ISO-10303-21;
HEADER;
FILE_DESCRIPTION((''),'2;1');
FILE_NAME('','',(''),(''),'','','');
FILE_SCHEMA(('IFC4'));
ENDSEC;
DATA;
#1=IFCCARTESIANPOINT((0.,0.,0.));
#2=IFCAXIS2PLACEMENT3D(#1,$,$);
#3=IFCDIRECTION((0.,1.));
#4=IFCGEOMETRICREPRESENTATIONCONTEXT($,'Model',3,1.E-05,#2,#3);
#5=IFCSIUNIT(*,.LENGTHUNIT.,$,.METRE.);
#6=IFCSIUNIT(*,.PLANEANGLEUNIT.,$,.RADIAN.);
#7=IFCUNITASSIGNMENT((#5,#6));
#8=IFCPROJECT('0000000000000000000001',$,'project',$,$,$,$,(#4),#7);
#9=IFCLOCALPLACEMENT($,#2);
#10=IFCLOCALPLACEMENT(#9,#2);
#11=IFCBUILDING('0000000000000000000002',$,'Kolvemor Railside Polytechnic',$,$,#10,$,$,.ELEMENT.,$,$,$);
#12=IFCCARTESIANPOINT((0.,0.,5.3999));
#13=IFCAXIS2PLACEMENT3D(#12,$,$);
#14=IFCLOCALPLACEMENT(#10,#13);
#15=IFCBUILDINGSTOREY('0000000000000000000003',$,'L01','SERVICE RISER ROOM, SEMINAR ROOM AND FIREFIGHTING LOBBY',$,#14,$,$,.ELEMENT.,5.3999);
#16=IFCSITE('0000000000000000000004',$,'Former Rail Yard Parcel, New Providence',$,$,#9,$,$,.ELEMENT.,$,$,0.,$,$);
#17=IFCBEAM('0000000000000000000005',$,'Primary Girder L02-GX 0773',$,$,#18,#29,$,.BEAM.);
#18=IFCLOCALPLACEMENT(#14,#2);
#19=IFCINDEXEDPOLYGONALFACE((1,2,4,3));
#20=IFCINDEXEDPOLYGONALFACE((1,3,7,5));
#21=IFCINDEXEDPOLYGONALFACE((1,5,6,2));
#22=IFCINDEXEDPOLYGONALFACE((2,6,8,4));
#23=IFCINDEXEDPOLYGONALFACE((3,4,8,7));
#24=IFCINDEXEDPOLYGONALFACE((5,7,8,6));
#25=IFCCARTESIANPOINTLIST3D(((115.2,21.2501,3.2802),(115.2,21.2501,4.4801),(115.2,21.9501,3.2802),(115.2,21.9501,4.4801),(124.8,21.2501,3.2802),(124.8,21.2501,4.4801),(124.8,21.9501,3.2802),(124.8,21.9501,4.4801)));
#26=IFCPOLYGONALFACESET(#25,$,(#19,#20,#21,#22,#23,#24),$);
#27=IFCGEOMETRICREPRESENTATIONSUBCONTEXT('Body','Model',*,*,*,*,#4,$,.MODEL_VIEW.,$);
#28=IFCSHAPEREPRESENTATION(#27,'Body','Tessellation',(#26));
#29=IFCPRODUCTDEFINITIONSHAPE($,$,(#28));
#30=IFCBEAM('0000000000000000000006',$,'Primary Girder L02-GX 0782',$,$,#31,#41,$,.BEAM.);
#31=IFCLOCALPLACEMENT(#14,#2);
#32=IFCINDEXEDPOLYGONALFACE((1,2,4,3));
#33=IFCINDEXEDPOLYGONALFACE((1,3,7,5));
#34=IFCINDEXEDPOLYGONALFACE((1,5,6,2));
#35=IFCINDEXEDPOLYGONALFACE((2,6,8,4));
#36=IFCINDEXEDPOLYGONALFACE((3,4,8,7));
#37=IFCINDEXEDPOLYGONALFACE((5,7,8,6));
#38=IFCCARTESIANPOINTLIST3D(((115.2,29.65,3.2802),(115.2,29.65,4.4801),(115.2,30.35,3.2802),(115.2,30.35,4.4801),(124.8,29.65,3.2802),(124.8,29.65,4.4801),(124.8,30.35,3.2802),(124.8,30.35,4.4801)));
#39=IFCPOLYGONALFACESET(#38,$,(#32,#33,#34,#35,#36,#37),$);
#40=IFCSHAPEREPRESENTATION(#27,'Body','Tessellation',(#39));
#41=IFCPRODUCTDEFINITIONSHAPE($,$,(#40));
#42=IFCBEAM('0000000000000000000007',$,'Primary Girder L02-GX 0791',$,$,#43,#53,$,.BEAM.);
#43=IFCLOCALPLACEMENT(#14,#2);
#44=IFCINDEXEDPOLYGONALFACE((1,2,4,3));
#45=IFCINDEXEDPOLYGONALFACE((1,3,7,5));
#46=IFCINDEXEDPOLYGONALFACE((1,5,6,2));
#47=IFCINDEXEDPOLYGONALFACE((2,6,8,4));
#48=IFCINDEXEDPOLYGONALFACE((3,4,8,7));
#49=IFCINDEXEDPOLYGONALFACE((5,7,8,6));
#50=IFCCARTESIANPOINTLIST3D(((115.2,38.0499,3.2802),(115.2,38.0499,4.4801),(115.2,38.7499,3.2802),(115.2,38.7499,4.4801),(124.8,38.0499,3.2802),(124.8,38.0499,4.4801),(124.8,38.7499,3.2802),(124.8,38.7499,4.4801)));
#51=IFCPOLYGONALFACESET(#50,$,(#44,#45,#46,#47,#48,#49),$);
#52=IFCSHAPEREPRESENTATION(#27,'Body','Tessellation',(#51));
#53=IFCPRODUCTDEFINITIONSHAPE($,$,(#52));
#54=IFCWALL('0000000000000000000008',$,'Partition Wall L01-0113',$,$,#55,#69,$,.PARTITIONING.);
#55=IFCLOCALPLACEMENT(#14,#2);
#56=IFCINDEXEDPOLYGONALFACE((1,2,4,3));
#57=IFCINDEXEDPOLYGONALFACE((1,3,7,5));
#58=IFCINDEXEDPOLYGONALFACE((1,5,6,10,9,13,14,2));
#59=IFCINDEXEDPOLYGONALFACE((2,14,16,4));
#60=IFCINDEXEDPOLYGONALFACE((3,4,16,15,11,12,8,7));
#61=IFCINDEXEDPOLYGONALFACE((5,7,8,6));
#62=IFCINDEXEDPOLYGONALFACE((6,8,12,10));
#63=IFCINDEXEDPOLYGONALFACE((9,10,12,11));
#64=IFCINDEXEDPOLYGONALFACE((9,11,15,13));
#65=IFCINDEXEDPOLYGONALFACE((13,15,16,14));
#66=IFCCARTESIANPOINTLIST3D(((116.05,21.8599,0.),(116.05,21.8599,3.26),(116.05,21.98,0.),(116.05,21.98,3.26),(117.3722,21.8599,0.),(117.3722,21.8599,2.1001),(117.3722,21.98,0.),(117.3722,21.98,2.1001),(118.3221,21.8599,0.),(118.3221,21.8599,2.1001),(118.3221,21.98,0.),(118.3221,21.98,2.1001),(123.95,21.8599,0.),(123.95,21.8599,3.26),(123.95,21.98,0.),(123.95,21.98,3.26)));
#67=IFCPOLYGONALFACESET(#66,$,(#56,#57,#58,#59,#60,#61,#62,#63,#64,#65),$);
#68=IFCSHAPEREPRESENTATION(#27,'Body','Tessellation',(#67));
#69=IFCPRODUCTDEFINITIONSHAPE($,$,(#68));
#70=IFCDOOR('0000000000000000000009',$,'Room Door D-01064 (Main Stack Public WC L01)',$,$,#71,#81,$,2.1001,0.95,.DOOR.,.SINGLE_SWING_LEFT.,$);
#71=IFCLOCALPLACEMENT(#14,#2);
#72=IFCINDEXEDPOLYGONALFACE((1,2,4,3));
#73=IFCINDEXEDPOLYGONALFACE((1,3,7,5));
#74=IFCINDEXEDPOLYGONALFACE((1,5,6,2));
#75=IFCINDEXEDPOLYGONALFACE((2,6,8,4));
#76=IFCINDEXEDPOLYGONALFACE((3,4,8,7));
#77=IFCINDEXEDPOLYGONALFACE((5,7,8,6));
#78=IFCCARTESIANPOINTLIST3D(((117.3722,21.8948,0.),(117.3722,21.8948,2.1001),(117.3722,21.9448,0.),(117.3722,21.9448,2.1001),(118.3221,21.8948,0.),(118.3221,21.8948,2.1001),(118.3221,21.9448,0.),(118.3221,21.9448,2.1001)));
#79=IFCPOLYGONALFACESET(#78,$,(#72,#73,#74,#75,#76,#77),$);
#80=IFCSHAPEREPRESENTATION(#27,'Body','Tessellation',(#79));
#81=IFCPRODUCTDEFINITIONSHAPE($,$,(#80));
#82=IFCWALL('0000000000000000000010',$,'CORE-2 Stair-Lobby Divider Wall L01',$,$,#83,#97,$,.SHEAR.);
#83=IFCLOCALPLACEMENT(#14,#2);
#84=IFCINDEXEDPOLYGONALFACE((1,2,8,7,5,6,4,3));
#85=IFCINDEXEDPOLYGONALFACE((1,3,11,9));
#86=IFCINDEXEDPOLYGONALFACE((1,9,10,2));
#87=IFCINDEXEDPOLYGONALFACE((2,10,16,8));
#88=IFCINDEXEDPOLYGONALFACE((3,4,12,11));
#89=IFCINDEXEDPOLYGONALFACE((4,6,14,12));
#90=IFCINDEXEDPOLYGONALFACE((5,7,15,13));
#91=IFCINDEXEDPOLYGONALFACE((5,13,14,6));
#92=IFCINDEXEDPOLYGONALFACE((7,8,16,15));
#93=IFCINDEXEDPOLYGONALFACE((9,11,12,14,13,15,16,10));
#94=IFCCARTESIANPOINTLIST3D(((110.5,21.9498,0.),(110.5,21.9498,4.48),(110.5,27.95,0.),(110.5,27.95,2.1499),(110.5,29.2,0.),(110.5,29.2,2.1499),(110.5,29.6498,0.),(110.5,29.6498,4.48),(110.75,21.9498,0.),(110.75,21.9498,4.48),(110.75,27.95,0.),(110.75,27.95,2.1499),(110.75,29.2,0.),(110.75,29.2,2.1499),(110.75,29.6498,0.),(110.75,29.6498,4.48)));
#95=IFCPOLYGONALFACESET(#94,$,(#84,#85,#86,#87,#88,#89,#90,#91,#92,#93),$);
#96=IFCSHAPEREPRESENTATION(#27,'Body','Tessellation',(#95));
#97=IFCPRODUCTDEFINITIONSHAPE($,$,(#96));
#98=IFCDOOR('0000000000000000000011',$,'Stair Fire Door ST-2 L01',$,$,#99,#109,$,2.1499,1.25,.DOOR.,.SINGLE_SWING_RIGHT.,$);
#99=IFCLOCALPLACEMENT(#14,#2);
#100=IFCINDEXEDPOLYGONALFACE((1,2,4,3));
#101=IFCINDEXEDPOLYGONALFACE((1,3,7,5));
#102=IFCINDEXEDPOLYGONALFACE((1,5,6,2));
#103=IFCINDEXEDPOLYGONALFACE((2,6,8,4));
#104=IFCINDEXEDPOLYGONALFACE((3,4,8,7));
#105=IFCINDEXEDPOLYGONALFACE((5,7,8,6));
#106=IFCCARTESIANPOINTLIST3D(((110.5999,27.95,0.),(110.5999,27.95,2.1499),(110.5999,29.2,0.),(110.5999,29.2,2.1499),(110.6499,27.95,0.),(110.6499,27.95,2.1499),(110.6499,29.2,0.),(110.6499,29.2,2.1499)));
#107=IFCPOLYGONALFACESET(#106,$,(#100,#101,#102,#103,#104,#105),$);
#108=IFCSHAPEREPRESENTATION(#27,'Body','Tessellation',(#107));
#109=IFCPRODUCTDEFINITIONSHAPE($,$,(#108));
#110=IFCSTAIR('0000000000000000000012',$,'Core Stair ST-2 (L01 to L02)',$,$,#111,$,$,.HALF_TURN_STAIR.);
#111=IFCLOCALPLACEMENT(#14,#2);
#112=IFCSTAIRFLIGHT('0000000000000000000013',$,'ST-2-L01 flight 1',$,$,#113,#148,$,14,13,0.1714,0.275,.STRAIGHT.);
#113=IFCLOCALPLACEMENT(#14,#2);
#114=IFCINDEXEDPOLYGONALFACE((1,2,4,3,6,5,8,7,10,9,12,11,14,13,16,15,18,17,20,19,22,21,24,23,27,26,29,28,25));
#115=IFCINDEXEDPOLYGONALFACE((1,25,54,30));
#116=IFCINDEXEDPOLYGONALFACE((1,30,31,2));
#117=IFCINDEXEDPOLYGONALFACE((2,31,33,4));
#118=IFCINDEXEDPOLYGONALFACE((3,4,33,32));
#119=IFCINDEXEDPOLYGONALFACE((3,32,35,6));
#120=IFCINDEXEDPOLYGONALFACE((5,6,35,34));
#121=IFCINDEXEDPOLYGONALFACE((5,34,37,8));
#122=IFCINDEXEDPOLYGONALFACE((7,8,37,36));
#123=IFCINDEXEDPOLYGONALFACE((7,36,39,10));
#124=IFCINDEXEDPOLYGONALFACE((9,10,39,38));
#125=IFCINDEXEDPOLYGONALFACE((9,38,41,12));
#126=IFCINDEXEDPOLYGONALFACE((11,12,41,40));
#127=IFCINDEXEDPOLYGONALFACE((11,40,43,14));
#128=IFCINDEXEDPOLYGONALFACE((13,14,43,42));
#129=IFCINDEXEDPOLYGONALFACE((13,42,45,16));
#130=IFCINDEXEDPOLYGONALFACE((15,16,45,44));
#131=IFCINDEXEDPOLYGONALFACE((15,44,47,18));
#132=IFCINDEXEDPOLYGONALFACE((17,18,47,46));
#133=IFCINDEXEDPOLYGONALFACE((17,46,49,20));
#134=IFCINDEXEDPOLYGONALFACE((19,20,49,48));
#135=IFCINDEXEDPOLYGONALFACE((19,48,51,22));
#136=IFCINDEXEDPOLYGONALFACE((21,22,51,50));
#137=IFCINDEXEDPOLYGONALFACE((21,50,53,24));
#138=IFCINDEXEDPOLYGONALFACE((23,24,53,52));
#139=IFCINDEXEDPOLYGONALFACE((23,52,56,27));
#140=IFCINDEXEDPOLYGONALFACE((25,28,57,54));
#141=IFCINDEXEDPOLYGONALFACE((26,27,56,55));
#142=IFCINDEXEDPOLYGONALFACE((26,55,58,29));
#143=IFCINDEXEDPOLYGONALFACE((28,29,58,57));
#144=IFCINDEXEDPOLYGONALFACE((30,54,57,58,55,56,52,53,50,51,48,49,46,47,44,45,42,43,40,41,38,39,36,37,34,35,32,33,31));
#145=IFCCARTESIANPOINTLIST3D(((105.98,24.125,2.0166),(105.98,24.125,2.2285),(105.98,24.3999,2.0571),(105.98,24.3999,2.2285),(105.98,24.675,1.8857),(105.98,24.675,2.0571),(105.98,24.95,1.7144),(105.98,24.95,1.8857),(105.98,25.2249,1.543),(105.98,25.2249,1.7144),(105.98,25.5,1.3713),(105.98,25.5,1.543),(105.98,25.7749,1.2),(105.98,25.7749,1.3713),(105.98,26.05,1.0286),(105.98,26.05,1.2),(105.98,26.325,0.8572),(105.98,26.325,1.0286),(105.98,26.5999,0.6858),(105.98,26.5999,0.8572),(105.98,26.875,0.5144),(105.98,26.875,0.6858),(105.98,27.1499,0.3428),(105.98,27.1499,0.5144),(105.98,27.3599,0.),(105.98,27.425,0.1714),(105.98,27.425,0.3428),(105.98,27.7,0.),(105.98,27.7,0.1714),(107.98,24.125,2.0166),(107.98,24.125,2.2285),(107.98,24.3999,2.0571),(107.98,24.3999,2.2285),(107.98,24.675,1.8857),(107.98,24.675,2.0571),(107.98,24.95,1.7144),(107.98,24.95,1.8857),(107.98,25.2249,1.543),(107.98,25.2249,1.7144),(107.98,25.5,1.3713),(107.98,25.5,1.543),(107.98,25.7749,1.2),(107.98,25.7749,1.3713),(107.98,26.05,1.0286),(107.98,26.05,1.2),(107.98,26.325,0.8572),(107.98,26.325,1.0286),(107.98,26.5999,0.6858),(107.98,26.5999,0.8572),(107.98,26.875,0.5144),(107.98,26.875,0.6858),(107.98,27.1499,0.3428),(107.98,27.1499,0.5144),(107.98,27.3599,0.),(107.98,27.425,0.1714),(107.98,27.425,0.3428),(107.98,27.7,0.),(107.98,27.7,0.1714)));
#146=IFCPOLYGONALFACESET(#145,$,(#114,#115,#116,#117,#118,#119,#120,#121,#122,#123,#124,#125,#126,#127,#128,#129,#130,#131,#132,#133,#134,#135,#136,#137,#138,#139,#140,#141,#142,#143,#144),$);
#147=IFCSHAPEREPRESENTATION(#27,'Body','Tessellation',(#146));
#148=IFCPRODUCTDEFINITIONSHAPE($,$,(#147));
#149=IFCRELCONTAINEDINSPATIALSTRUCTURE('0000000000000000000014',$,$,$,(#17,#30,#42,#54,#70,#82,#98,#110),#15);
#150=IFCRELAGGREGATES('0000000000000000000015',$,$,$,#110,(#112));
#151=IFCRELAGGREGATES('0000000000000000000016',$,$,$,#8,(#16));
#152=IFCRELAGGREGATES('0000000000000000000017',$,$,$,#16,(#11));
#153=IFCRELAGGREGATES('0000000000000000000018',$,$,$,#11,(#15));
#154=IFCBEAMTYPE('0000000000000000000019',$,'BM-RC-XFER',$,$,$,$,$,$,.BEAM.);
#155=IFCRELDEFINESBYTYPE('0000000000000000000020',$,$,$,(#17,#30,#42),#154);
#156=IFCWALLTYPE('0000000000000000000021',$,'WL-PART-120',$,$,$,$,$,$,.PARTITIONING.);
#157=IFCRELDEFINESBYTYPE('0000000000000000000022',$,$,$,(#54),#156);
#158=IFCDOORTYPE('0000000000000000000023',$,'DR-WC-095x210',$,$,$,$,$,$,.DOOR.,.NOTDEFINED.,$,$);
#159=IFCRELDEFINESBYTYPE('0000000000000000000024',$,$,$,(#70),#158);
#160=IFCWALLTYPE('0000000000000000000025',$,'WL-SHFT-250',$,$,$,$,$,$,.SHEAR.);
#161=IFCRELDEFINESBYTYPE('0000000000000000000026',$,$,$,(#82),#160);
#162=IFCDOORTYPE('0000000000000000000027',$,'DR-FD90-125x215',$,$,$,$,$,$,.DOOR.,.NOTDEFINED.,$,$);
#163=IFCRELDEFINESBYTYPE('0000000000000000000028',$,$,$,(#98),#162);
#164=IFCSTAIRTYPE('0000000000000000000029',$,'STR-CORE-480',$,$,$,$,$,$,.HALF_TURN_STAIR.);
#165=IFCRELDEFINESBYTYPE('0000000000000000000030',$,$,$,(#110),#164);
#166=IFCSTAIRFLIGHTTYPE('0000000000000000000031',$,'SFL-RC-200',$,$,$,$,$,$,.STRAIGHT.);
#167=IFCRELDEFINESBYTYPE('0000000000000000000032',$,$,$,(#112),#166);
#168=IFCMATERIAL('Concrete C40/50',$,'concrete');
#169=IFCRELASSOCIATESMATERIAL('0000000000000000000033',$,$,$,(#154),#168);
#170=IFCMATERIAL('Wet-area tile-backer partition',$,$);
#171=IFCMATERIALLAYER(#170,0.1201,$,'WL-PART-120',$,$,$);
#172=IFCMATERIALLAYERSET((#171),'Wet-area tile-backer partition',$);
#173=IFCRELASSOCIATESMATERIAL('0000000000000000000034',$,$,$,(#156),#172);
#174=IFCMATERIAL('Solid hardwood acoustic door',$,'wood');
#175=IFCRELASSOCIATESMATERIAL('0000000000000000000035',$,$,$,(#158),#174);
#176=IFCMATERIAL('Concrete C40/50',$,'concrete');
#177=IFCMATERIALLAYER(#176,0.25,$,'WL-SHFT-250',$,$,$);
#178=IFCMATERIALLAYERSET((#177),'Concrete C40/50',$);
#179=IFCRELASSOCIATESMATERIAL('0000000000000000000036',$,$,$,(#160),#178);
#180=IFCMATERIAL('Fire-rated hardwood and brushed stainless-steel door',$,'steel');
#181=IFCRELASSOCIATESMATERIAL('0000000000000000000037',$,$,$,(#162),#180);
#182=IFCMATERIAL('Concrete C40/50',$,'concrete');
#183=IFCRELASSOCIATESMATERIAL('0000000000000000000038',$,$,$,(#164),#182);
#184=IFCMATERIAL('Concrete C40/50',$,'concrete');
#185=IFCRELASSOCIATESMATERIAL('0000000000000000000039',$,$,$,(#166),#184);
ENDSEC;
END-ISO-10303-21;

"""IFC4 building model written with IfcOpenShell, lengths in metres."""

from ifc_helpers import new_model, si_unit, direction, frame, frame_2d, origin, origin_2d, place, context, subcontext, project, spatial, polyline, rectangle, outline, extrude, material, layer, layer_set, material_profile, profile_set, type_object, element, fill, aggregate, save


model = new_model("IFC4")

# Units and contexts
model_context = context("Model", 3, precision=1e-05, world=origin(), true_north=direction((0.0, 1.0)))
body_context = subcontext(model_context, "Body", "Model", "MODEL_VIEW")
ifc_project = project(units=[si_unit("LENGTHUNIT", "METRE"), si_unit("PLANEANGLEUNIT", "RADIAN")], contexts=[model_context])

# Site, building, storey
site_placement = place(None, origin())
site = spatial("IfcSite", under=ifc_project, at=site_placement, Name="Former Rail Yard Parcel, New Providence", CompositionType="ELEMENT", RefElevation=0.0)
building_placement = place(site_placement, origin())
building = spatial("IfcBuilding", under=site, at=building_placement, Name="Kolvemor Railside Polytechnic", CompositionType="ELEMENT")
storey_placement = place(building_placement, frame((0.0, 0.0, 5.3999)))
storey = spatial("IfcBuildingStorey", under=building, at=storey_placement, Name="L01", Description="SERVICE RISER ROOM, SEMINAR ROOM AND FIREFIGHTING LOBBY", CompositionType="ELEMENT", Elevation=5.3999)

# Beams
ifc_material_1 = material(Name="Concrete C40/50", Category="concrete")
ifc_material_profile_1 = material_profile(ifc_material_1, rectangle(XDim=0.7, YDim=1.2, at=origin_2d()), Name="RC700x1200")
ifc_profile_set_1 = profile_set([ifc_material_profile_1], Name="Concrete C40/50")
beam_type_1 = type_object("IfcBeamType", Name="BM-RC-XFER", PredefinedType="BEAM", material=ifc_profile_set_1)
for number, where, z_axis, x_axis, name in (
    (1, (115.2, 21.6001, 3.8801), (1.0, 0.0, 0.0), (0.0, 1.0, 0.0), "Primary Girder L02-GX 0773"),
    (2, (115.2, 30.0, 3.8801), (1.0, 0.0, 0.0), (0.0, 1.0, 0.0), "Primary Girder L02-GX 0782"),
    (3, (115.2, 38.3999, 3.8801), (1.0, 0.0, 0.0), (0.0, 1.0, 0.0), "Primary Girder L02-GX 0791"),
):
    element("IfcBeam", number, at=place(storey_placement, frame(where, z_axis=z_axis, x_axis=x_axis)), inside=storey, type_object=beam_type_1, Name=name, PredefinedType="BEAM", context=body_context, shape_type="SweptSolid", body=[
        extrude(rectangle(XDim=0.7, YDim=1.2, at=origin_2d()), origin(), (0.0, 0.0, 1.0), 9.6001),
    ])

# Walls, openings, doors
ifc_material_2 = material(Name="Wet-area tile-backer partition")
ifc_layer_1 = layer(ifc_material_2, 0.1201, Name="WL-PART-120")
ifc_layer_set_1 = layer_set([ifc_layer_1], Name="Wet-area tile-backer partition")
wall_type_1 = type_object("IfcWallType", Name="WL-PART-120", PredefinedType="PARTITIONING", material=ifc_layer_set_1)
wall_1_placement = place(storey_placement, frame((116.05, 21.9199, 0.0), z_axis=(0.0, 0.0, 1.0), x_axis=(1.0, 0.0, 0.0)))
wall_1 = element("IfcWall", 4, at=wall_1_placement, inside=storey, type_object=wall_type_1, Name="Partition Wall L01-0113", PredefinedType="PARTITIONING", context=body_context, shape_type="SweptSolid", body=[
    extrude(rectangle(XDim=7.8999, YDim=0.1201, at=frame_2d((3.95, 0.0))), origin(), (0.0, 0.0, 1.0), 3.26),
])
opening_1_placement = place(wall_1_placement, frame((1.322, 0.0, 0.0)))
opening_1 = element("IfcOpeningElement", 5, at=opening_1_placement, cuts=wall_1, PredefinedType="OPENING", context=body_context, shape_type="SweptSolid", body=[
    extrude(rectangle(XDim=0.95, YDim=2.1001, at=frame_2d((0.4751, 1.05))), frame((0.0, 0.0701, 0.0), z_axis=(0.0, -1.0, 0.0), x_axis=(1.0, 0.0, 0.0)), (0.0, 0.0, 1.0), 0.1401),
])
ifc_material_3 = material(Name="Solid hardwood acoustic door", Category="wood")
door_type_1 = type_object("IfcDoorType", Name="DR-WC-095x210", OperationType="NOTDEFINED", PredefinedType="DOOR", material=ifc_material_3)
door_1_placement = place(opening_1_placement, origin())
door_1 = element("IfcDoor", 6, at=door_1_placement, inside=storey, type_object=door_type_1, Name="Room Door D-01064 (Main Stack Public WC L01)", OperationType="SINGLE_SWING_LEFT", OverallHeight=2.1001, OverallWidth=0.95, PredefinedType="DOOR", context=body_context, shape_type="SweptSolid", body=[
    extrude(rectangle(XDim=0.95, YDim=2.1001, at=frame_2d((0.4751, 1.05))), frame((0.0, 0.0249, 0.0), z_axis=(0.0, -1.0, 0.0), x_axis=(1.0, 0.0, 0.0)), (0.0, 0.0, 1.0), 0.05),
])
fill(opening_1, door_1)
ifc_material_4 = material(Name="Concrete C40/50", Category="concrete")
ifc_layer_2 = layer(ifc_material_4, 0.25, Name="WL-SHFT-250")
ifc_layer_set_2 = layer_set([ifc_layer_2], Name="Concrete C40/50")
wall_type_2 = type_object("IfcWallType", Name="WL-SHFT-250", PredefinedType="SHEAR", material=ifc_layer_set_2)
wall_2_placement = place(storey_placement, frame((110.625, 29.6499, 0.0), z_axis=(0.0, 0.0, 1.0), x_axis=(0.0, -1.0, 0.0)))
wall_2 = element("IfcWall", 7, at=wall_2_placement, inside=storey, type_object=wall_type_2, Name="CORE-2 Stair-Lobby Divider Wall L01", PredefinedType="SHEAR", context=body_context, shape_type="SweptSolid", body=[
    extrude(rectangle(XDim=7.7, YDim=0.25, at=frame_2d((3.8501, 0.0))), origin(), (0.0, 0.0, 1.0), 4.48),
])
opening_2_placement = place(wall_2_placement, frame((0.45, 0.0, 0.0)))
opening_2 = element("IfcOpeningElement", 8, at=opening_2_placement, cuts=wall_2, PredefinedType="OPENING", context=body_context, shape_type="SweptSolid", body=[
    extrude(rectangle(XDim=1.25, YDim=2.1499, at=frame_2d((0.625, 1.075))), frame((0.0, 0.135, 0.0), z_axis=(0.0, -1.0, 0.0), x_axis=(1.0, 0.0, 0.0)), (0.0, 0.0, 1.0), 0.27),
])
ifc_material_5 = material(Name="Fire-rated hardwood and brushed stainless-steel door", Category="steel")
door_type_2 = type_object("IfcDoorType", Name="DR-FD90-125x215", OperationType="NOTDEFINED", PredefinedType="DOOR", material=ifc_material_5)
door_2_placement = place(opening_2_placement, origin())
door_2 = element("IfcDoor", 9, at=door_2_placement, inside=storey, type_object=door_type_2, Name="Stair Fire Door ST-2 L01", OperationType="SINGLE_SWING_RIGHT", OverallHeight=2.1499, OverallWidth=1.25, PredefinedType="DOOR", context=body_context, shape_type="SweptSolid", body=[
    extrude(rectangle(XDim=1.25, YDim=2.1499, at=frame_2d((0.625, 1.075))), frame((0.0, 0.0249, 0.0), z_axis=(0.0, -1.0, 0.0), x_axis=(1.0, 0.0, 0.0)), (0.0, 0.0, 1.0), 0.05),
])
fill(opening_2, door_2)

# Stair, stair flight
ifc_material_6 = material(Name="Concrete C40/50", Category="concrete")
stair_type = type_object("IfcStairType", Name="STR-CORE-480", PredefinedType="HALF_TURN_STAIR", material=ifc_material_6)
stair_placement = place(storey_placement, origin())
stair = element("IfcStair", 10, at=stair_placement, inside=storey, type_object=stair_type, Name="Core Stair ST-2 (L01 to L02)", PredefinedType="HALF_TURN_STAIR")
ifc_material_7 = material(Name="Concrete C40/50", Category="concrete")
stair_flight_type = type_object("IfcStairFlightType", Name="SFL-RC-200", PredefinedType="STRAIGHT", material=ifc_material_7)
stair_flight_1_placement = place(storey_placement, frame((106.98, 27.7, 0.0), z_axis=(0.0, 0.0, 1.0), x_axis=(0.0, -1.0, 0.0)))
stair_flight_1 = element("IfcStairFlight", 11, at=stair_flight_1_placement, type_object=stair_flight_type, Name="ST-2-L01 flight 1", NumberOfRisers=14, NumberOfTreads=13, PredefinedType="STRAIGHT", RiserHeight=0.1714, TreadLength=0.275, context=body_context, shape_type="SweptSolid", body=[
    extrude(outline(polyline([(0.0, 0.0), (0.0, 0.1714), (0.2749, 0.1714), (0.2749, 0.3428), (0.55, 0.3428), (0.55, 0.5144), (0.825, 0.5144), (0.825, 0.6858), (1.1001, 0.6858), (1.1001, 0.8572), (1.375, 0.8572), (1.375, 1.0286), (1.6499, 1.0286), (1.6499, 1.2), (1.925, 1.2), (1.925, 1.3713), (2.2, 1.3713), (2.2, 1.543), (2.4751, 1.543), (2.4751, 1.7144), (2.75, 1.7144), (2.75, 1.8857), (3.0249, 1.8857), (3.0249, 2.0571), (3.3, 2.0571), (3.3, 2.2285), (3.575, 2.2285), (3.575, 2.3999), (3.575, 2.0166), (0.3401, 0.0), (0.0, 0.0)])), frame((0.0, 1.0, 0.0), z_axis=(0.0, -1.0, 0.0), x_axis=(1.0, 0.0, 0.0)), (0.0, 0.0, 1.0), 2.0),
])
aggregate(stair, [stair_flight_1])

save(model, "model.ifc")
